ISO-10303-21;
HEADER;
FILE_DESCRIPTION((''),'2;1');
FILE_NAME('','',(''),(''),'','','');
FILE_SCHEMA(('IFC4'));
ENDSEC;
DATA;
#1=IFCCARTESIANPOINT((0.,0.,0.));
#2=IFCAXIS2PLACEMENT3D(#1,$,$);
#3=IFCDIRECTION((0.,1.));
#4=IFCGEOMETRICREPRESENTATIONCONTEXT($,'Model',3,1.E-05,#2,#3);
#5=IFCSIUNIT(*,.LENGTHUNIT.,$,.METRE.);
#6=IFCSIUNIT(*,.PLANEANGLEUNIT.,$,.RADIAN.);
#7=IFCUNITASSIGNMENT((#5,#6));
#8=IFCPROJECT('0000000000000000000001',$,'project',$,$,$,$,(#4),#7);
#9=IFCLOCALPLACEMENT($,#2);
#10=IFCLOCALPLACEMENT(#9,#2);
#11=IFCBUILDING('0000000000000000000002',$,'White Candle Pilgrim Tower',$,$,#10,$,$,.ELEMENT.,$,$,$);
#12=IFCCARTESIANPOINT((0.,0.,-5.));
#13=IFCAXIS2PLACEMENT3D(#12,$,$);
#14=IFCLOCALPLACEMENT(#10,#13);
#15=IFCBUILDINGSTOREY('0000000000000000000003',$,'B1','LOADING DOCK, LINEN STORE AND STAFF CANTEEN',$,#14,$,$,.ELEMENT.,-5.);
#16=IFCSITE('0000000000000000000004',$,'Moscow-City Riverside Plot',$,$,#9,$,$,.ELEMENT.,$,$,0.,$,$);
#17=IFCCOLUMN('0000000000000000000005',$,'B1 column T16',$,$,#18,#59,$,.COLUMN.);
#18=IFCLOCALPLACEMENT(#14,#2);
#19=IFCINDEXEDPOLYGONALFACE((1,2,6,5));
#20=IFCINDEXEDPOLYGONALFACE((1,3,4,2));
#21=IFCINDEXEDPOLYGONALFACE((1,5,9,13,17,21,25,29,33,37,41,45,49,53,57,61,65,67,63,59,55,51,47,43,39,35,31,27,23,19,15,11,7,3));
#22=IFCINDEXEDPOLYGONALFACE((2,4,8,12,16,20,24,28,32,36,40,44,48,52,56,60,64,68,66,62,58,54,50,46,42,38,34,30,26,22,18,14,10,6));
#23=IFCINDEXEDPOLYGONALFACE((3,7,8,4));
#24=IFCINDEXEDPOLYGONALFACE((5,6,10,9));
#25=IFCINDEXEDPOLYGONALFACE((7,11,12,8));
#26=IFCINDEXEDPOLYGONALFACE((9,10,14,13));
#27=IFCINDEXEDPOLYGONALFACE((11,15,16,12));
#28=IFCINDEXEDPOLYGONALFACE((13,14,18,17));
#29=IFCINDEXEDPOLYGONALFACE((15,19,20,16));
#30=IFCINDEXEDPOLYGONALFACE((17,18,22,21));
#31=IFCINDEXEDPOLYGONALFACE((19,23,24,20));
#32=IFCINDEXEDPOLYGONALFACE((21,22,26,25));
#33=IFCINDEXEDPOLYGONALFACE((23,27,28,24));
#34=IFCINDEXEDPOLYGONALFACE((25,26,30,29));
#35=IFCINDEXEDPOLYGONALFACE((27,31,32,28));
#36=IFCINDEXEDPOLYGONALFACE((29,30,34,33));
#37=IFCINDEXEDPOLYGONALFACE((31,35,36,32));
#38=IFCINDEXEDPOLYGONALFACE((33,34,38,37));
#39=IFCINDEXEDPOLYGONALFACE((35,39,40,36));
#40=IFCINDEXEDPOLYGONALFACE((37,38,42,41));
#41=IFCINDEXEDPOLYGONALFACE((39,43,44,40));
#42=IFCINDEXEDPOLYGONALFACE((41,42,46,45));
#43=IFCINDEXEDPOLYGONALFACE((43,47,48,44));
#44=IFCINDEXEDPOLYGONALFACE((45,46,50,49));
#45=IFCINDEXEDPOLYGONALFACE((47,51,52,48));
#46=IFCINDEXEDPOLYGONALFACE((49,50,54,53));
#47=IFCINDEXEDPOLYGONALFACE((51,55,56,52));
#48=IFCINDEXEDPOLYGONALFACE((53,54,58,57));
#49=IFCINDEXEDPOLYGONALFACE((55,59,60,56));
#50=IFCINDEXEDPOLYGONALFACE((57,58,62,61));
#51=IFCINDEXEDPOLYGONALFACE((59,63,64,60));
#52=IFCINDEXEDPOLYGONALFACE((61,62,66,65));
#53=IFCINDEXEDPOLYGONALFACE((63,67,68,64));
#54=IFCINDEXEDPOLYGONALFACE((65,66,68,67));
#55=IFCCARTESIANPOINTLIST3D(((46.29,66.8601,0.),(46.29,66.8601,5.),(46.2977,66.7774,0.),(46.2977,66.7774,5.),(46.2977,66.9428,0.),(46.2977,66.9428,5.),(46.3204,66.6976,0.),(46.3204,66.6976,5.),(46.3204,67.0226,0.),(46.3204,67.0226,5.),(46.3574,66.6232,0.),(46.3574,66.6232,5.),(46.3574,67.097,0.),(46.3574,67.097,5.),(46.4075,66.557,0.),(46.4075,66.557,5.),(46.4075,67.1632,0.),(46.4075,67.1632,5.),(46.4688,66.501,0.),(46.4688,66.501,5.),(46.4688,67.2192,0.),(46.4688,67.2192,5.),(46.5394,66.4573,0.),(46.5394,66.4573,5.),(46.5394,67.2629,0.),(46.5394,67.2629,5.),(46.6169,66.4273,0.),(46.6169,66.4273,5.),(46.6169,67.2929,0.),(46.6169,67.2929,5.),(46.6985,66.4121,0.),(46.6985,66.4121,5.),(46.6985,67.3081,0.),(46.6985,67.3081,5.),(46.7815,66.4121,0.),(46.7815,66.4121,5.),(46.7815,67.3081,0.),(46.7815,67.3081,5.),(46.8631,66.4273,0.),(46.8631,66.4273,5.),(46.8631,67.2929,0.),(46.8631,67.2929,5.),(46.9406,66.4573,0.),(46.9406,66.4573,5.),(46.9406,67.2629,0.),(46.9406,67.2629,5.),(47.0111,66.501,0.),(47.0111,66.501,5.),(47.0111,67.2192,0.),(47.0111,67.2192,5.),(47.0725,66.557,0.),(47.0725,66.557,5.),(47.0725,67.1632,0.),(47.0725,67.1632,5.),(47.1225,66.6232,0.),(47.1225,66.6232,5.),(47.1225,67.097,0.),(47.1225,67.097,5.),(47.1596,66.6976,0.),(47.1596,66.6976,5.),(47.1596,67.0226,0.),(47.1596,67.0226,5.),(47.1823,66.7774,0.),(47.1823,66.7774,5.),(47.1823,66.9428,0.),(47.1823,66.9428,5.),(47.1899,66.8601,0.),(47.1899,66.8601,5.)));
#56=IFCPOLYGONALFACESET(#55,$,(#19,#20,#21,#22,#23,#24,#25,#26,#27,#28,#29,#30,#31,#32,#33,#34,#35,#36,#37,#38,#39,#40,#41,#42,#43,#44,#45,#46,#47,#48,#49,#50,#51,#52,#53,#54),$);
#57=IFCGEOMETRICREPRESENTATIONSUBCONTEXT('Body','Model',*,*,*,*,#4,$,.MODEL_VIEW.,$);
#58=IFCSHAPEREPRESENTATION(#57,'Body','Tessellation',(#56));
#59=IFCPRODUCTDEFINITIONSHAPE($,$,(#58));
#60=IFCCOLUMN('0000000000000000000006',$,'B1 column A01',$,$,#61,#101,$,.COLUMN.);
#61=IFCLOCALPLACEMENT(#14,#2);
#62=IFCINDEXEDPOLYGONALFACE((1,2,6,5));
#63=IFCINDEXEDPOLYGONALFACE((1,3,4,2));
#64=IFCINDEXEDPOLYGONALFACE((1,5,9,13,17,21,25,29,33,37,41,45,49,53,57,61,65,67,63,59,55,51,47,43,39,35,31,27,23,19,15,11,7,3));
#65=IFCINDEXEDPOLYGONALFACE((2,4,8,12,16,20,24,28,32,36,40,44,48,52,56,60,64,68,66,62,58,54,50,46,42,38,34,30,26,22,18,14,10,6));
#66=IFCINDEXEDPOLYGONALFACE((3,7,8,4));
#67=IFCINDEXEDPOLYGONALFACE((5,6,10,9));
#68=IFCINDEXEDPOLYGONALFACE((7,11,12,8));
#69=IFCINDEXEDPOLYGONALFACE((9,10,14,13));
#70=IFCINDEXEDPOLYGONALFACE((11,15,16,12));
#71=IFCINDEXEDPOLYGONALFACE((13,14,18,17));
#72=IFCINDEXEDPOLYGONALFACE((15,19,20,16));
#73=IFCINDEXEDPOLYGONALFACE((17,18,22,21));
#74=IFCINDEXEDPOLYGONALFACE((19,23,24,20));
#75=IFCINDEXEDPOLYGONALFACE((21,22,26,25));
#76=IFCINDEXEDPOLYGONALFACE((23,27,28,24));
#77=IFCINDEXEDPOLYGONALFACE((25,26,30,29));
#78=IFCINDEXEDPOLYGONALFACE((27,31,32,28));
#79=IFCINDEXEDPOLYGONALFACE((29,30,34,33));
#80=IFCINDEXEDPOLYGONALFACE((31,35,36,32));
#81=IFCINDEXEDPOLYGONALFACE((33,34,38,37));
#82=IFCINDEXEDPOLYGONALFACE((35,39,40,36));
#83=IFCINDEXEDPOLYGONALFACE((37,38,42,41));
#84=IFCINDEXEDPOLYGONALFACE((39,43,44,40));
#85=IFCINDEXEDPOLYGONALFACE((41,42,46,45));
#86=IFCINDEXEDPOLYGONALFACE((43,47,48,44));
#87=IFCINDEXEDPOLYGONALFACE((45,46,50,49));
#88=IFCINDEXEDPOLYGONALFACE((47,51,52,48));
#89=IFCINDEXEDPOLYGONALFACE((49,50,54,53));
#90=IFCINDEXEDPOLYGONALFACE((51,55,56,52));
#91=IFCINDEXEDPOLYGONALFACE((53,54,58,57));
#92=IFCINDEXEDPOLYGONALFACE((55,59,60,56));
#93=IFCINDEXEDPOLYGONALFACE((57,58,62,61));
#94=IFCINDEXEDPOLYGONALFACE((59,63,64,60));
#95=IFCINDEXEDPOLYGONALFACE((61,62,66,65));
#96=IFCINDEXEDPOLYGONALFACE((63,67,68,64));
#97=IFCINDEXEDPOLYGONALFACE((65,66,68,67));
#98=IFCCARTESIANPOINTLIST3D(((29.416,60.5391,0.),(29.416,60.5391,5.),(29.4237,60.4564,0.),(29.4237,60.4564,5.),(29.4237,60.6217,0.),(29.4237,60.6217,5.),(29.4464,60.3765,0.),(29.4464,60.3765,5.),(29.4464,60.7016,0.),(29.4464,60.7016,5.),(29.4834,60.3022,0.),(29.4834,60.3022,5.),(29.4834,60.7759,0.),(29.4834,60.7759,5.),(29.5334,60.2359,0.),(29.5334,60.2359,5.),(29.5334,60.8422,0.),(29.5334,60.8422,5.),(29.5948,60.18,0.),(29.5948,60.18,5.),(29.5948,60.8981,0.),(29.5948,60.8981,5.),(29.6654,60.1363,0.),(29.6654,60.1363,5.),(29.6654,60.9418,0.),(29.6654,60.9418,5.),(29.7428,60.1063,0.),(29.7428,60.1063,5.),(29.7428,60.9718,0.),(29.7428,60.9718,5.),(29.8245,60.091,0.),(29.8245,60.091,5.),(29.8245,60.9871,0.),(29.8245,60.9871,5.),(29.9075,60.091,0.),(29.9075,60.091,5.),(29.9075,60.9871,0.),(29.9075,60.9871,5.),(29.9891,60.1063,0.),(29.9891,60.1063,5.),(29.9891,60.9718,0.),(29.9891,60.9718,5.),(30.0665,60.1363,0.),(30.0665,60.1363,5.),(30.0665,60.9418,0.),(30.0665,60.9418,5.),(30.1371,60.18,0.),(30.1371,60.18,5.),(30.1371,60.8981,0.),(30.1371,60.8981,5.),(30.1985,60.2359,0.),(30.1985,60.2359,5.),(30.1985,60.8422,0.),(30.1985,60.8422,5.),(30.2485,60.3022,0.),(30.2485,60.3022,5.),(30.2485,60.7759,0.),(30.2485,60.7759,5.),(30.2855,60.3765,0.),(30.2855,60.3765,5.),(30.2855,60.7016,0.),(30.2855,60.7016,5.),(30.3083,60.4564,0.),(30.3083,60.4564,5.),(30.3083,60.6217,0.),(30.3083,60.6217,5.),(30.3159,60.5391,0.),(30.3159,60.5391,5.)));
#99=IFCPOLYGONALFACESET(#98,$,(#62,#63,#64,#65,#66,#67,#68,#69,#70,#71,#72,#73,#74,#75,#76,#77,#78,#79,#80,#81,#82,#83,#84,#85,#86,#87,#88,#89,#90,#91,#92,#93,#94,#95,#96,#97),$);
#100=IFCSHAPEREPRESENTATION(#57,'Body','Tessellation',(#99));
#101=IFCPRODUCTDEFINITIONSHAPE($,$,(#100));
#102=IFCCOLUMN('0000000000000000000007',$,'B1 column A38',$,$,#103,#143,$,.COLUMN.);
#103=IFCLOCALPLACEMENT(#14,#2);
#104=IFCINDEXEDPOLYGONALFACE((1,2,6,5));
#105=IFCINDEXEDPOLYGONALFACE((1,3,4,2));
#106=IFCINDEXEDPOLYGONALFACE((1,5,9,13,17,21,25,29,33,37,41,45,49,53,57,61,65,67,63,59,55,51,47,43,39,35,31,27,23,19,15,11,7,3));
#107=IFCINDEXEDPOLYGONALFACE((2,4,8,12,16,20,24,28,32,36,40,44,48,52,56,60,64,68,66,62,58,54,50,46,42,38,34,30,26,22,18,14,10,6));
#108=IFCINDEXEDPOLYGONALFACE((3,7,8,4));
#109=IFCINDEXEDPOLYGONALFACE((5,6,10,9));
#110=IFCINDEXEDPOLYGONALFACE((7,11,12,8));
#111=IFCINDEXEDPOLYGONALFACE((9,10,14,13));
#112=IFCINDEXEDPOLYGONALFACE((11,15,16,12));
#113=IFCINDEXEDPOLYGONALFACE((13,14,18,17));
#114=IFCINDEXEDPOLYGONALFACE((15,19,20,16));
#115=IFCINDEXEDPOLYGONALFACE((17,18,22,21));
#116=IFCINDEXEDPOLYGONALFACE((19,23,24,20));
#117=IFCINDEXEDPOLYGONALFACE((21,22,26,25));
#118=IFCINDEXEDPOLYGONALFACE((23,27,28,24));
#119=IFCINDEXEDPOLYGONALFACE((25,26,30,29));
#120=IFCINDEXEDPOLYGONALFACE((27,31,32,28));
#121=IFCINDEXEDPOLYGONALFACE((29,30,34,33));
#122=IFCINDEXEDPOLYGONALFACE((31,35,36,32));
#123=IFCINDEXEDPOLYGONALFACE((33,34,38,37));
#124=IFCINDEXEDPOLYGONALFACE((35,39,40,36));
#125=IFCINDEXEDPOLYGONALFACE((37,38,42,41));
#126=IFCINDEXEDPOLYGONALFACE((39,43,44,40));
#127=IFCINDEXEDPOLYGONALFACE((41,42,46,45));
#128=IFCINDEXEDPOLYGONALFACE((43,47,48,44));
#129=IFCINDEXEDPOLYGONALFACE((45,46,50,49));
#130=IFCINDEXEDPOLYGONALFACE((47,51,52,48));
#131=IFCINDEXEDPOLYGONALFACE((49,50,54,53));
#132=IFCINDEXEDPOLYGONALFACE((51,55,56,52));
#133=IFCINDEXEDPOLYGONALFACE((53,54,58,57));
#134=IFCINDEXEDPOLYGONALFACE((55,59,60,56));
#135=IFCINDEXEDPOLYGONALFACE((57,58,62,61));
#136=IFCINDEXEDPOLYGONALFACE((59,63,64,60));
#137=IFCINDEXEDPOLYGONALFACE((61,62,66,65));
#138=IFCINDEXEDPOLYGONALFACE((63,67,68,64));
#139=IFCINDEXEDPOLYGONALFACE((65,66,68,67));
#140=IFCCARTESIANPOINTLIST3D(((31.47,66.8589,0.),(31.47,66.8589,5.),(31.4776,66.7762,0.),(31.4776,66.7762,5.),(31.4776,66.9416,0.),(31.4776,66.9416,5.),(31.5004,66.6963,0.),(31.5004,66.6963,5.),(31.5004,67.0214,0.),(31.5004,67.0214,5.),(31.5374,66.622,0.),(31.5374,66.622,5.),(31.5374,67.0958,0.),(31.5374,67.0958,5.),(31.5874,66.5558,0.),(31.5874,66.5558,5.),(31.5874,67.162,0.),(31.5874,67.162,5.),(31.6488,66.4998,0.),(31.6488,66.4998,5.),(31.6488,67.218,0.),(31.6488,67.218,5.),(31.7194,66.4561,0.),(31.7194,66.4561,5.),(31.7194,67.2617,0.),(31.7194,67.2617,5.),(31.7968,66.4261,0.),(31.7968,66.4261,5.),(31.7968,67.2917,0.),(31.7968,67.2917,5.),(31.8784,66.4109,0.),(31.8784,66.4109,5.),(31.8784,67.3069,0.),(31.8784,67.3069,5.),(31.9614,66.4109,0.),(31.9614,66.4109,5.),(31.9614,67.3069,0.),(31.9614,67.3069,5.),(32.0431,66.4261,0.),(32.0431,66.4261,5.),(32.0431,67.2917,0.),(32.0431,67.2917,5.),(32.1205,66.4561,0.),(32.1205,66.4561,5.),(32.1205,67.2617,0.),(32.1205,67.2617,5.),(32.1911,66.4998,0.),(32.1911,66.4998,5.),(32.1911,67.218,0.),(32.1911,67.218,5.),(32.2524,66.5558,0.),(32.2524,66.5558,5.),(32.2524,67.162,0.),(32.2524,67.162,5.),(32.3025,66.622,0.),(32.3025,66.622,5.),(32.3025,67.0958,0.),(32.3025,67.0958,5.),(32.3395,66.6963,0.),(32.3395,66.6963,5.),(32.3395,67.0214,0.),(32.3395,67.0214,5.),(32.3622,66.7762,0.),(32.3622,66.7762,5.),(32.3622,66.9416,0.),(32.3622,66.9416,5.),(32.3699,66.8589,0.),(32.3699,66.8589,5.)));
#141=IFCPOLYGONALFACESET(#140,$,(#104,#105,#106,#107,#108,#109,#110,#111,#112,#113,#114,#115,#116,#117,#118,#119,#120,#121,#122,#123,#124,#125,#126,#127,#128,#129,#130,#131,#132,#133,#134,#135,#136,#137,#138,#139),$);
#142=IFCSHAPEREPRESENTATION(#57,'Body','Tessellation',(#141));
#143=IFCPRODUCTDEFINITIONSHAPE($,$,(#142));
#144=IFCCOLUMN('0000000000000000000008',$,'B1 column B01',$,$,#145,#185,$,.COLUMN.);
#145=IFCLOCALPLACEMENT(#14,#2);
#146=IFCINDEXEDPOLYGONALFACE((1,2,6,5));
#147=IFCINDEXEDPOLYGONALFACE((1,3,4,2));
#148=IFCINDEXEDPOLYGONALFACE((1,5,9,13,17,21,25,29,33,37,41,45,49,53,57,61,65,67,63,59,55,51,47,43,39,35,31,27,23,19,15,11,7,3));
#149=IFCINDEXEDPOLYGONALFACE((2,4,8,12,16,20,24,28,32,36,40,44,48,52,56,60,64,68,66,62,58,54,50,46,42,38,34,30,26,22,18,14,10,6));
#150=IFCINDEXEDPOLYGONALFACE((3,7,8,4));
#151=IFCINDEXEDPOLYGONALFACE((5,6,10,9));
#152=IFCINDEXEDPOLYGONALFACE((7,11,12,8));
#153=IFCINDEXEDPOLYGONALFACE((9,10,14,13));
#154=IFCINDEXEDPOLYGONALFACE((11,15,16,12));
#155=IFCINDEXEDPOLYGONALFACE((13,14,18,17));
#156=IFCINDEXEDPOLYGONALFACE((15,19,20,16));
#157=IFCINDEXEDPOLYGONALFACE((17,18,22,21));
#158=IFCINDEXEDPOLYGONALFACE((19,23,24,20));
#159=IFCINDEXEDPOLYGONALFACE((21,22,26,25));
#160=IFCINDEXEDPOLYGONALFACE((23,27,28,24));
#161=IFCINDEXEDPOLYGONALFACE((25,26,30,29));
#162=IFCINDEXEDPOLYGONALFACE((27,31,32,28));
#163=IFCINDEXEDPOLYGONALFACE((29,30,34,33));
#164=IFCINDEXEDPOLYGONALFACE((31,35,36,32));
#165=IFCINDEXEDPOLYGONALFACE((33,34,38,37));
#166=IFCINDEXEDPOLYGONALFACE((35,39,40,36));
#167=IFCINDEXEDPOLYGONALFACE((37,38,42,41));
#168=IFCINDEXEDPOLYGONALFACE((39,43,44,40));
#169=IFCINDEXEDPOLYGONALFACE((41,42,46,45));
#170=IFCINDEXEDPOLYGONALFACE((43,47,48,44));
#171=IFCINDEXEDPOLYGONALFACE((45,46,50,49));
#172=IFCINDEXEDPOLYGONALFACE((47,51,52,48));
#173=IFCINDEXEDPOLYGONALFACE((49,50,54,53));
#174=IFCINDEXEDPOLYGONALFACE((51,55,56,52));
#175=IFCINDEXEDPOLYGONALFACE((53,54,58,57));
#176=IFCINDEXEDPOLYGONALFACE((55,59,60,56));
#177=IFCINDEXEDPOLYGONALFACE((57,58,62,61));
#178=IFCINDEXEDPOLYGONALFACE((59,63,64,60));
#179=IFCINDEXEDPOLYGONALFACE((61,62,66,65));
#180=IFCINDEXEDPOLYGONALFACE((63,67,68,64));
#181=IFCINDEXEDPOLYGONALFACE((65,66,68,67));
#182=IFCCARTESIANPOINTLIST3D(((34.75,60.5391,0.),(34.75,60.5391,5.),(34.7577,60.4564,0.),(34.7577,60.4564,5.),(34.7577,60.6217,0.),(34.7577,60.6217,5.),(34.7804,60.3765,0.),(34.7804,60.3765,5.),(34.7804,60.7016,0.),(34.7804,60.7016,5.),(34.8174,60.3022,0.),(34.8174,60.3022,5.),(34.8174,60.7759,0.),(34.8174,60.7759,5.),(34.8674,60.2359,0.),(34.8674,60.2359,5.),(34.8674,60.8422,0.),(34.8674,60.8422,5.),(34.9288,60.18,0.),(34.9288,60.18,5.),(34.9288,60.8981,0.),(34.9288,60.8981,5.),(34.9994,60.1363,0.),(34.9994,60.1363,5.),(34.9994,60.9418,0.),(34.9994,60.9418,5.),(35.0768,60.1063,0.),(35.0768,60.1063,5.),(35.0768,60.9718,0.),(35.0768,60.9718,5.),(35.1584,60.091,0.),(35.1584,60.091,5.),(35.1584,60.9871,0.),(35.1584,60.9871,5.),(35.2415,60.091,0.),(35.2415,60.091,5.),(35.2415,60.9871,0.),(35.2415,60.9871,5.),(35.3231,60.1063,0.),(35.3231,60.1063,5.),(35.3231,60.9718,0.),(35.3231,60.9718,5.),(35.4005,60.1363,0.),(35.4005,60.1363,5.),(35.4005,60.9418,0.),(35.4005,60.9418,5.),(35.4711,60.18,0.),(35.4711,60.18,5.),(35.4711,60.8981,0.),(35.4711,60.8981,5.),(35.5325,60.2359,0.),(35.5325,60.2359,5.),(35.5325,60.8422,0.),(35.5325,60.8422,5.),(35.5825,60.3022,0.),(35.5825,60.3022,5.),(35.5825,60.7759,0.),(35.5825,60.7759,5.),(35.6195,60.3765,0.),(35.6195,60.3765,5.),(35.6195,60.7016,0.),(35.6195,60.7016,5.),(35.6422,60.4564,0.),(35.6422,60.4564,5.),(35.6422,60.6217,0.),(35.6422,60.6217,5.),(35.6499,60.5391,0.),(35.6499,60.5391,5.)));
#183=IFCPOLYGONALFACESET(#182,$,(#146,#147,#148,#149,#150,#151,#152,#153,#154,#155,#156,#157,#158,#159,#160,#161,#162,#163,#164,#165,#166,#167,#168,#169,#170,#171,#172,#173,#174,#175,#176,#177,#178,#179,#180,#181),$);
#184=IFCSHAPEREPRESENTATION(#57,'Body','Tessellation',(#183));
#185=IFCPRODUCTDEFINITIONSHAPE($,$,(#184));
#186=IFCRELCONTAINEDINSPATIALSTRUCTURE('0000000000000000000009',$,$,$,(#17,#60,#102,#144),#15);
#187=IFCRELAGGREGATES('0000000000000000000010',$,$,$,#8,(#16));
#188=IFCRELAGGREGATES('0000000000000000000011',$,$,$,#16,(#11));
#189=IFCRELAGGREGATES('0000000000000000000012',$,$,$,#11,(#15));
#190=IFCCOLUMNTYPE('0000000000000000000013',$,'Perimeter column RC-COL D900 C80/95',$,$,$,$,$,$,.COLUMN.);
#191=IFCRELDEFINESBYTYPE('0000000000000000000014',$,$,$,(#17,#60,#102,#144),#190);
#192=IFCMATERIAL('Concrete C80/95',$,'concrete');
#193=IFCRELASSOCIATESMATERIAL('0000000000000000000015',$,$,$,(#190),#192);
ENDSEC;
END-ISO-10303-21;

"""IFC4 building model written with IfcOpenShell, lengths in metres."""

from ifc_helpers import new_model, si_unit, direction, frame, origin, origin_2d, place, context, subcontext, project, spatial, circle, extrude, material, material_profile, profile_set, type_object, element, save


model = new_model("IFC4")

# Units and contexts
model_context = context("Model", 3, precision=1e-05, world=origin(), true_north=direction((0.0, 1.0)))
body_context = subcontext(model_context, "Body", "Model", "MODEL_VIEW")
ifc_project = project(units=[si_unit("LENGTHUNIT", "METRE"), si_unit("PLANEANGLEUNIT", "RADIAN")], contexts=[model_context])

# Site, building, storey
site_placement = place(None, origin())
site = spatial("IfcSite", under=ifc_project, at=site_placement, Name="Moscow-City Riverside Plot", CompositionType="ELEMENT", RefElevation=0.0)
building_placement = place(site_placement, origin())
building = spatial("IfcBuilding", under=site, at=building_placement, Name="White Candle Pilgrim Tower", CompositionType="ELEMENT")
storey_placement = place(building_placement, frame((0.0, 0.0, -5.0)))
storey = spatial("IfcBuildingStorey", under=building, at=storey_placement, Name="B1", Description="LOADING DOCK, LINEN STORE AND STAFF CANTEEN", CompositionType="ELEMENT", Elevation=-5.0)

# Columns
ifc_material_1 = material(Name="Concrete C80/95", Category="concrete")
ifc_material_profile_1 = material_profile(ifc_material_1, circle(Radius=0.45, at=origin_2d()), Name="RC-COL D900")
ifc_profile_set_1 = profile_set([ifc_material_profile_1], Name="Concrete C80/95")
column_type_1 = type_object("IfcColumnType", Name="Perimeter column RC-COL D900 C80/95", PredefinedType="COLUMN", material=ifc_profile_set_1)
for number, where, z_axis, x_axis, name in (
    (1, (46.74, 66.8601, 0.0), (0.0, 0.0, 1.0), (1.0, 0.0, 0.0), "B1 column T16"),
    (2, (29.866, 60.5391, 0.0), (0.0, 0.0, 1.0), (1.0, 0.0, 0.0), "B1 column A01"),
    (3, (31.9199, 66.8589, 0.0), (0.0, 0.0, 1.0), (1.0, 0.0, 0.0), "B1 column A38"),
    (4, (35.2, 60.5391, 0.0), (0.0, 0.0, 1.0), (1.0, 0.0, 0.0), "B1 column B01"),
):
    element("IfcColumn", number, at=place(storey_placement, frame(where, z_axis=z_axis, x_axis=x_axis)), inside=storey, type_object=column_type_1, Name=name, PredefinedType="COLUMN", context=body_context, shape_type="SweptSolid", body=[
        extrude(circle(Radius=0.45, at=origin_2d()), origin(), (0.0, 0.0, 1.0), 5.0),
    ])

save(model, "model.ifc")
